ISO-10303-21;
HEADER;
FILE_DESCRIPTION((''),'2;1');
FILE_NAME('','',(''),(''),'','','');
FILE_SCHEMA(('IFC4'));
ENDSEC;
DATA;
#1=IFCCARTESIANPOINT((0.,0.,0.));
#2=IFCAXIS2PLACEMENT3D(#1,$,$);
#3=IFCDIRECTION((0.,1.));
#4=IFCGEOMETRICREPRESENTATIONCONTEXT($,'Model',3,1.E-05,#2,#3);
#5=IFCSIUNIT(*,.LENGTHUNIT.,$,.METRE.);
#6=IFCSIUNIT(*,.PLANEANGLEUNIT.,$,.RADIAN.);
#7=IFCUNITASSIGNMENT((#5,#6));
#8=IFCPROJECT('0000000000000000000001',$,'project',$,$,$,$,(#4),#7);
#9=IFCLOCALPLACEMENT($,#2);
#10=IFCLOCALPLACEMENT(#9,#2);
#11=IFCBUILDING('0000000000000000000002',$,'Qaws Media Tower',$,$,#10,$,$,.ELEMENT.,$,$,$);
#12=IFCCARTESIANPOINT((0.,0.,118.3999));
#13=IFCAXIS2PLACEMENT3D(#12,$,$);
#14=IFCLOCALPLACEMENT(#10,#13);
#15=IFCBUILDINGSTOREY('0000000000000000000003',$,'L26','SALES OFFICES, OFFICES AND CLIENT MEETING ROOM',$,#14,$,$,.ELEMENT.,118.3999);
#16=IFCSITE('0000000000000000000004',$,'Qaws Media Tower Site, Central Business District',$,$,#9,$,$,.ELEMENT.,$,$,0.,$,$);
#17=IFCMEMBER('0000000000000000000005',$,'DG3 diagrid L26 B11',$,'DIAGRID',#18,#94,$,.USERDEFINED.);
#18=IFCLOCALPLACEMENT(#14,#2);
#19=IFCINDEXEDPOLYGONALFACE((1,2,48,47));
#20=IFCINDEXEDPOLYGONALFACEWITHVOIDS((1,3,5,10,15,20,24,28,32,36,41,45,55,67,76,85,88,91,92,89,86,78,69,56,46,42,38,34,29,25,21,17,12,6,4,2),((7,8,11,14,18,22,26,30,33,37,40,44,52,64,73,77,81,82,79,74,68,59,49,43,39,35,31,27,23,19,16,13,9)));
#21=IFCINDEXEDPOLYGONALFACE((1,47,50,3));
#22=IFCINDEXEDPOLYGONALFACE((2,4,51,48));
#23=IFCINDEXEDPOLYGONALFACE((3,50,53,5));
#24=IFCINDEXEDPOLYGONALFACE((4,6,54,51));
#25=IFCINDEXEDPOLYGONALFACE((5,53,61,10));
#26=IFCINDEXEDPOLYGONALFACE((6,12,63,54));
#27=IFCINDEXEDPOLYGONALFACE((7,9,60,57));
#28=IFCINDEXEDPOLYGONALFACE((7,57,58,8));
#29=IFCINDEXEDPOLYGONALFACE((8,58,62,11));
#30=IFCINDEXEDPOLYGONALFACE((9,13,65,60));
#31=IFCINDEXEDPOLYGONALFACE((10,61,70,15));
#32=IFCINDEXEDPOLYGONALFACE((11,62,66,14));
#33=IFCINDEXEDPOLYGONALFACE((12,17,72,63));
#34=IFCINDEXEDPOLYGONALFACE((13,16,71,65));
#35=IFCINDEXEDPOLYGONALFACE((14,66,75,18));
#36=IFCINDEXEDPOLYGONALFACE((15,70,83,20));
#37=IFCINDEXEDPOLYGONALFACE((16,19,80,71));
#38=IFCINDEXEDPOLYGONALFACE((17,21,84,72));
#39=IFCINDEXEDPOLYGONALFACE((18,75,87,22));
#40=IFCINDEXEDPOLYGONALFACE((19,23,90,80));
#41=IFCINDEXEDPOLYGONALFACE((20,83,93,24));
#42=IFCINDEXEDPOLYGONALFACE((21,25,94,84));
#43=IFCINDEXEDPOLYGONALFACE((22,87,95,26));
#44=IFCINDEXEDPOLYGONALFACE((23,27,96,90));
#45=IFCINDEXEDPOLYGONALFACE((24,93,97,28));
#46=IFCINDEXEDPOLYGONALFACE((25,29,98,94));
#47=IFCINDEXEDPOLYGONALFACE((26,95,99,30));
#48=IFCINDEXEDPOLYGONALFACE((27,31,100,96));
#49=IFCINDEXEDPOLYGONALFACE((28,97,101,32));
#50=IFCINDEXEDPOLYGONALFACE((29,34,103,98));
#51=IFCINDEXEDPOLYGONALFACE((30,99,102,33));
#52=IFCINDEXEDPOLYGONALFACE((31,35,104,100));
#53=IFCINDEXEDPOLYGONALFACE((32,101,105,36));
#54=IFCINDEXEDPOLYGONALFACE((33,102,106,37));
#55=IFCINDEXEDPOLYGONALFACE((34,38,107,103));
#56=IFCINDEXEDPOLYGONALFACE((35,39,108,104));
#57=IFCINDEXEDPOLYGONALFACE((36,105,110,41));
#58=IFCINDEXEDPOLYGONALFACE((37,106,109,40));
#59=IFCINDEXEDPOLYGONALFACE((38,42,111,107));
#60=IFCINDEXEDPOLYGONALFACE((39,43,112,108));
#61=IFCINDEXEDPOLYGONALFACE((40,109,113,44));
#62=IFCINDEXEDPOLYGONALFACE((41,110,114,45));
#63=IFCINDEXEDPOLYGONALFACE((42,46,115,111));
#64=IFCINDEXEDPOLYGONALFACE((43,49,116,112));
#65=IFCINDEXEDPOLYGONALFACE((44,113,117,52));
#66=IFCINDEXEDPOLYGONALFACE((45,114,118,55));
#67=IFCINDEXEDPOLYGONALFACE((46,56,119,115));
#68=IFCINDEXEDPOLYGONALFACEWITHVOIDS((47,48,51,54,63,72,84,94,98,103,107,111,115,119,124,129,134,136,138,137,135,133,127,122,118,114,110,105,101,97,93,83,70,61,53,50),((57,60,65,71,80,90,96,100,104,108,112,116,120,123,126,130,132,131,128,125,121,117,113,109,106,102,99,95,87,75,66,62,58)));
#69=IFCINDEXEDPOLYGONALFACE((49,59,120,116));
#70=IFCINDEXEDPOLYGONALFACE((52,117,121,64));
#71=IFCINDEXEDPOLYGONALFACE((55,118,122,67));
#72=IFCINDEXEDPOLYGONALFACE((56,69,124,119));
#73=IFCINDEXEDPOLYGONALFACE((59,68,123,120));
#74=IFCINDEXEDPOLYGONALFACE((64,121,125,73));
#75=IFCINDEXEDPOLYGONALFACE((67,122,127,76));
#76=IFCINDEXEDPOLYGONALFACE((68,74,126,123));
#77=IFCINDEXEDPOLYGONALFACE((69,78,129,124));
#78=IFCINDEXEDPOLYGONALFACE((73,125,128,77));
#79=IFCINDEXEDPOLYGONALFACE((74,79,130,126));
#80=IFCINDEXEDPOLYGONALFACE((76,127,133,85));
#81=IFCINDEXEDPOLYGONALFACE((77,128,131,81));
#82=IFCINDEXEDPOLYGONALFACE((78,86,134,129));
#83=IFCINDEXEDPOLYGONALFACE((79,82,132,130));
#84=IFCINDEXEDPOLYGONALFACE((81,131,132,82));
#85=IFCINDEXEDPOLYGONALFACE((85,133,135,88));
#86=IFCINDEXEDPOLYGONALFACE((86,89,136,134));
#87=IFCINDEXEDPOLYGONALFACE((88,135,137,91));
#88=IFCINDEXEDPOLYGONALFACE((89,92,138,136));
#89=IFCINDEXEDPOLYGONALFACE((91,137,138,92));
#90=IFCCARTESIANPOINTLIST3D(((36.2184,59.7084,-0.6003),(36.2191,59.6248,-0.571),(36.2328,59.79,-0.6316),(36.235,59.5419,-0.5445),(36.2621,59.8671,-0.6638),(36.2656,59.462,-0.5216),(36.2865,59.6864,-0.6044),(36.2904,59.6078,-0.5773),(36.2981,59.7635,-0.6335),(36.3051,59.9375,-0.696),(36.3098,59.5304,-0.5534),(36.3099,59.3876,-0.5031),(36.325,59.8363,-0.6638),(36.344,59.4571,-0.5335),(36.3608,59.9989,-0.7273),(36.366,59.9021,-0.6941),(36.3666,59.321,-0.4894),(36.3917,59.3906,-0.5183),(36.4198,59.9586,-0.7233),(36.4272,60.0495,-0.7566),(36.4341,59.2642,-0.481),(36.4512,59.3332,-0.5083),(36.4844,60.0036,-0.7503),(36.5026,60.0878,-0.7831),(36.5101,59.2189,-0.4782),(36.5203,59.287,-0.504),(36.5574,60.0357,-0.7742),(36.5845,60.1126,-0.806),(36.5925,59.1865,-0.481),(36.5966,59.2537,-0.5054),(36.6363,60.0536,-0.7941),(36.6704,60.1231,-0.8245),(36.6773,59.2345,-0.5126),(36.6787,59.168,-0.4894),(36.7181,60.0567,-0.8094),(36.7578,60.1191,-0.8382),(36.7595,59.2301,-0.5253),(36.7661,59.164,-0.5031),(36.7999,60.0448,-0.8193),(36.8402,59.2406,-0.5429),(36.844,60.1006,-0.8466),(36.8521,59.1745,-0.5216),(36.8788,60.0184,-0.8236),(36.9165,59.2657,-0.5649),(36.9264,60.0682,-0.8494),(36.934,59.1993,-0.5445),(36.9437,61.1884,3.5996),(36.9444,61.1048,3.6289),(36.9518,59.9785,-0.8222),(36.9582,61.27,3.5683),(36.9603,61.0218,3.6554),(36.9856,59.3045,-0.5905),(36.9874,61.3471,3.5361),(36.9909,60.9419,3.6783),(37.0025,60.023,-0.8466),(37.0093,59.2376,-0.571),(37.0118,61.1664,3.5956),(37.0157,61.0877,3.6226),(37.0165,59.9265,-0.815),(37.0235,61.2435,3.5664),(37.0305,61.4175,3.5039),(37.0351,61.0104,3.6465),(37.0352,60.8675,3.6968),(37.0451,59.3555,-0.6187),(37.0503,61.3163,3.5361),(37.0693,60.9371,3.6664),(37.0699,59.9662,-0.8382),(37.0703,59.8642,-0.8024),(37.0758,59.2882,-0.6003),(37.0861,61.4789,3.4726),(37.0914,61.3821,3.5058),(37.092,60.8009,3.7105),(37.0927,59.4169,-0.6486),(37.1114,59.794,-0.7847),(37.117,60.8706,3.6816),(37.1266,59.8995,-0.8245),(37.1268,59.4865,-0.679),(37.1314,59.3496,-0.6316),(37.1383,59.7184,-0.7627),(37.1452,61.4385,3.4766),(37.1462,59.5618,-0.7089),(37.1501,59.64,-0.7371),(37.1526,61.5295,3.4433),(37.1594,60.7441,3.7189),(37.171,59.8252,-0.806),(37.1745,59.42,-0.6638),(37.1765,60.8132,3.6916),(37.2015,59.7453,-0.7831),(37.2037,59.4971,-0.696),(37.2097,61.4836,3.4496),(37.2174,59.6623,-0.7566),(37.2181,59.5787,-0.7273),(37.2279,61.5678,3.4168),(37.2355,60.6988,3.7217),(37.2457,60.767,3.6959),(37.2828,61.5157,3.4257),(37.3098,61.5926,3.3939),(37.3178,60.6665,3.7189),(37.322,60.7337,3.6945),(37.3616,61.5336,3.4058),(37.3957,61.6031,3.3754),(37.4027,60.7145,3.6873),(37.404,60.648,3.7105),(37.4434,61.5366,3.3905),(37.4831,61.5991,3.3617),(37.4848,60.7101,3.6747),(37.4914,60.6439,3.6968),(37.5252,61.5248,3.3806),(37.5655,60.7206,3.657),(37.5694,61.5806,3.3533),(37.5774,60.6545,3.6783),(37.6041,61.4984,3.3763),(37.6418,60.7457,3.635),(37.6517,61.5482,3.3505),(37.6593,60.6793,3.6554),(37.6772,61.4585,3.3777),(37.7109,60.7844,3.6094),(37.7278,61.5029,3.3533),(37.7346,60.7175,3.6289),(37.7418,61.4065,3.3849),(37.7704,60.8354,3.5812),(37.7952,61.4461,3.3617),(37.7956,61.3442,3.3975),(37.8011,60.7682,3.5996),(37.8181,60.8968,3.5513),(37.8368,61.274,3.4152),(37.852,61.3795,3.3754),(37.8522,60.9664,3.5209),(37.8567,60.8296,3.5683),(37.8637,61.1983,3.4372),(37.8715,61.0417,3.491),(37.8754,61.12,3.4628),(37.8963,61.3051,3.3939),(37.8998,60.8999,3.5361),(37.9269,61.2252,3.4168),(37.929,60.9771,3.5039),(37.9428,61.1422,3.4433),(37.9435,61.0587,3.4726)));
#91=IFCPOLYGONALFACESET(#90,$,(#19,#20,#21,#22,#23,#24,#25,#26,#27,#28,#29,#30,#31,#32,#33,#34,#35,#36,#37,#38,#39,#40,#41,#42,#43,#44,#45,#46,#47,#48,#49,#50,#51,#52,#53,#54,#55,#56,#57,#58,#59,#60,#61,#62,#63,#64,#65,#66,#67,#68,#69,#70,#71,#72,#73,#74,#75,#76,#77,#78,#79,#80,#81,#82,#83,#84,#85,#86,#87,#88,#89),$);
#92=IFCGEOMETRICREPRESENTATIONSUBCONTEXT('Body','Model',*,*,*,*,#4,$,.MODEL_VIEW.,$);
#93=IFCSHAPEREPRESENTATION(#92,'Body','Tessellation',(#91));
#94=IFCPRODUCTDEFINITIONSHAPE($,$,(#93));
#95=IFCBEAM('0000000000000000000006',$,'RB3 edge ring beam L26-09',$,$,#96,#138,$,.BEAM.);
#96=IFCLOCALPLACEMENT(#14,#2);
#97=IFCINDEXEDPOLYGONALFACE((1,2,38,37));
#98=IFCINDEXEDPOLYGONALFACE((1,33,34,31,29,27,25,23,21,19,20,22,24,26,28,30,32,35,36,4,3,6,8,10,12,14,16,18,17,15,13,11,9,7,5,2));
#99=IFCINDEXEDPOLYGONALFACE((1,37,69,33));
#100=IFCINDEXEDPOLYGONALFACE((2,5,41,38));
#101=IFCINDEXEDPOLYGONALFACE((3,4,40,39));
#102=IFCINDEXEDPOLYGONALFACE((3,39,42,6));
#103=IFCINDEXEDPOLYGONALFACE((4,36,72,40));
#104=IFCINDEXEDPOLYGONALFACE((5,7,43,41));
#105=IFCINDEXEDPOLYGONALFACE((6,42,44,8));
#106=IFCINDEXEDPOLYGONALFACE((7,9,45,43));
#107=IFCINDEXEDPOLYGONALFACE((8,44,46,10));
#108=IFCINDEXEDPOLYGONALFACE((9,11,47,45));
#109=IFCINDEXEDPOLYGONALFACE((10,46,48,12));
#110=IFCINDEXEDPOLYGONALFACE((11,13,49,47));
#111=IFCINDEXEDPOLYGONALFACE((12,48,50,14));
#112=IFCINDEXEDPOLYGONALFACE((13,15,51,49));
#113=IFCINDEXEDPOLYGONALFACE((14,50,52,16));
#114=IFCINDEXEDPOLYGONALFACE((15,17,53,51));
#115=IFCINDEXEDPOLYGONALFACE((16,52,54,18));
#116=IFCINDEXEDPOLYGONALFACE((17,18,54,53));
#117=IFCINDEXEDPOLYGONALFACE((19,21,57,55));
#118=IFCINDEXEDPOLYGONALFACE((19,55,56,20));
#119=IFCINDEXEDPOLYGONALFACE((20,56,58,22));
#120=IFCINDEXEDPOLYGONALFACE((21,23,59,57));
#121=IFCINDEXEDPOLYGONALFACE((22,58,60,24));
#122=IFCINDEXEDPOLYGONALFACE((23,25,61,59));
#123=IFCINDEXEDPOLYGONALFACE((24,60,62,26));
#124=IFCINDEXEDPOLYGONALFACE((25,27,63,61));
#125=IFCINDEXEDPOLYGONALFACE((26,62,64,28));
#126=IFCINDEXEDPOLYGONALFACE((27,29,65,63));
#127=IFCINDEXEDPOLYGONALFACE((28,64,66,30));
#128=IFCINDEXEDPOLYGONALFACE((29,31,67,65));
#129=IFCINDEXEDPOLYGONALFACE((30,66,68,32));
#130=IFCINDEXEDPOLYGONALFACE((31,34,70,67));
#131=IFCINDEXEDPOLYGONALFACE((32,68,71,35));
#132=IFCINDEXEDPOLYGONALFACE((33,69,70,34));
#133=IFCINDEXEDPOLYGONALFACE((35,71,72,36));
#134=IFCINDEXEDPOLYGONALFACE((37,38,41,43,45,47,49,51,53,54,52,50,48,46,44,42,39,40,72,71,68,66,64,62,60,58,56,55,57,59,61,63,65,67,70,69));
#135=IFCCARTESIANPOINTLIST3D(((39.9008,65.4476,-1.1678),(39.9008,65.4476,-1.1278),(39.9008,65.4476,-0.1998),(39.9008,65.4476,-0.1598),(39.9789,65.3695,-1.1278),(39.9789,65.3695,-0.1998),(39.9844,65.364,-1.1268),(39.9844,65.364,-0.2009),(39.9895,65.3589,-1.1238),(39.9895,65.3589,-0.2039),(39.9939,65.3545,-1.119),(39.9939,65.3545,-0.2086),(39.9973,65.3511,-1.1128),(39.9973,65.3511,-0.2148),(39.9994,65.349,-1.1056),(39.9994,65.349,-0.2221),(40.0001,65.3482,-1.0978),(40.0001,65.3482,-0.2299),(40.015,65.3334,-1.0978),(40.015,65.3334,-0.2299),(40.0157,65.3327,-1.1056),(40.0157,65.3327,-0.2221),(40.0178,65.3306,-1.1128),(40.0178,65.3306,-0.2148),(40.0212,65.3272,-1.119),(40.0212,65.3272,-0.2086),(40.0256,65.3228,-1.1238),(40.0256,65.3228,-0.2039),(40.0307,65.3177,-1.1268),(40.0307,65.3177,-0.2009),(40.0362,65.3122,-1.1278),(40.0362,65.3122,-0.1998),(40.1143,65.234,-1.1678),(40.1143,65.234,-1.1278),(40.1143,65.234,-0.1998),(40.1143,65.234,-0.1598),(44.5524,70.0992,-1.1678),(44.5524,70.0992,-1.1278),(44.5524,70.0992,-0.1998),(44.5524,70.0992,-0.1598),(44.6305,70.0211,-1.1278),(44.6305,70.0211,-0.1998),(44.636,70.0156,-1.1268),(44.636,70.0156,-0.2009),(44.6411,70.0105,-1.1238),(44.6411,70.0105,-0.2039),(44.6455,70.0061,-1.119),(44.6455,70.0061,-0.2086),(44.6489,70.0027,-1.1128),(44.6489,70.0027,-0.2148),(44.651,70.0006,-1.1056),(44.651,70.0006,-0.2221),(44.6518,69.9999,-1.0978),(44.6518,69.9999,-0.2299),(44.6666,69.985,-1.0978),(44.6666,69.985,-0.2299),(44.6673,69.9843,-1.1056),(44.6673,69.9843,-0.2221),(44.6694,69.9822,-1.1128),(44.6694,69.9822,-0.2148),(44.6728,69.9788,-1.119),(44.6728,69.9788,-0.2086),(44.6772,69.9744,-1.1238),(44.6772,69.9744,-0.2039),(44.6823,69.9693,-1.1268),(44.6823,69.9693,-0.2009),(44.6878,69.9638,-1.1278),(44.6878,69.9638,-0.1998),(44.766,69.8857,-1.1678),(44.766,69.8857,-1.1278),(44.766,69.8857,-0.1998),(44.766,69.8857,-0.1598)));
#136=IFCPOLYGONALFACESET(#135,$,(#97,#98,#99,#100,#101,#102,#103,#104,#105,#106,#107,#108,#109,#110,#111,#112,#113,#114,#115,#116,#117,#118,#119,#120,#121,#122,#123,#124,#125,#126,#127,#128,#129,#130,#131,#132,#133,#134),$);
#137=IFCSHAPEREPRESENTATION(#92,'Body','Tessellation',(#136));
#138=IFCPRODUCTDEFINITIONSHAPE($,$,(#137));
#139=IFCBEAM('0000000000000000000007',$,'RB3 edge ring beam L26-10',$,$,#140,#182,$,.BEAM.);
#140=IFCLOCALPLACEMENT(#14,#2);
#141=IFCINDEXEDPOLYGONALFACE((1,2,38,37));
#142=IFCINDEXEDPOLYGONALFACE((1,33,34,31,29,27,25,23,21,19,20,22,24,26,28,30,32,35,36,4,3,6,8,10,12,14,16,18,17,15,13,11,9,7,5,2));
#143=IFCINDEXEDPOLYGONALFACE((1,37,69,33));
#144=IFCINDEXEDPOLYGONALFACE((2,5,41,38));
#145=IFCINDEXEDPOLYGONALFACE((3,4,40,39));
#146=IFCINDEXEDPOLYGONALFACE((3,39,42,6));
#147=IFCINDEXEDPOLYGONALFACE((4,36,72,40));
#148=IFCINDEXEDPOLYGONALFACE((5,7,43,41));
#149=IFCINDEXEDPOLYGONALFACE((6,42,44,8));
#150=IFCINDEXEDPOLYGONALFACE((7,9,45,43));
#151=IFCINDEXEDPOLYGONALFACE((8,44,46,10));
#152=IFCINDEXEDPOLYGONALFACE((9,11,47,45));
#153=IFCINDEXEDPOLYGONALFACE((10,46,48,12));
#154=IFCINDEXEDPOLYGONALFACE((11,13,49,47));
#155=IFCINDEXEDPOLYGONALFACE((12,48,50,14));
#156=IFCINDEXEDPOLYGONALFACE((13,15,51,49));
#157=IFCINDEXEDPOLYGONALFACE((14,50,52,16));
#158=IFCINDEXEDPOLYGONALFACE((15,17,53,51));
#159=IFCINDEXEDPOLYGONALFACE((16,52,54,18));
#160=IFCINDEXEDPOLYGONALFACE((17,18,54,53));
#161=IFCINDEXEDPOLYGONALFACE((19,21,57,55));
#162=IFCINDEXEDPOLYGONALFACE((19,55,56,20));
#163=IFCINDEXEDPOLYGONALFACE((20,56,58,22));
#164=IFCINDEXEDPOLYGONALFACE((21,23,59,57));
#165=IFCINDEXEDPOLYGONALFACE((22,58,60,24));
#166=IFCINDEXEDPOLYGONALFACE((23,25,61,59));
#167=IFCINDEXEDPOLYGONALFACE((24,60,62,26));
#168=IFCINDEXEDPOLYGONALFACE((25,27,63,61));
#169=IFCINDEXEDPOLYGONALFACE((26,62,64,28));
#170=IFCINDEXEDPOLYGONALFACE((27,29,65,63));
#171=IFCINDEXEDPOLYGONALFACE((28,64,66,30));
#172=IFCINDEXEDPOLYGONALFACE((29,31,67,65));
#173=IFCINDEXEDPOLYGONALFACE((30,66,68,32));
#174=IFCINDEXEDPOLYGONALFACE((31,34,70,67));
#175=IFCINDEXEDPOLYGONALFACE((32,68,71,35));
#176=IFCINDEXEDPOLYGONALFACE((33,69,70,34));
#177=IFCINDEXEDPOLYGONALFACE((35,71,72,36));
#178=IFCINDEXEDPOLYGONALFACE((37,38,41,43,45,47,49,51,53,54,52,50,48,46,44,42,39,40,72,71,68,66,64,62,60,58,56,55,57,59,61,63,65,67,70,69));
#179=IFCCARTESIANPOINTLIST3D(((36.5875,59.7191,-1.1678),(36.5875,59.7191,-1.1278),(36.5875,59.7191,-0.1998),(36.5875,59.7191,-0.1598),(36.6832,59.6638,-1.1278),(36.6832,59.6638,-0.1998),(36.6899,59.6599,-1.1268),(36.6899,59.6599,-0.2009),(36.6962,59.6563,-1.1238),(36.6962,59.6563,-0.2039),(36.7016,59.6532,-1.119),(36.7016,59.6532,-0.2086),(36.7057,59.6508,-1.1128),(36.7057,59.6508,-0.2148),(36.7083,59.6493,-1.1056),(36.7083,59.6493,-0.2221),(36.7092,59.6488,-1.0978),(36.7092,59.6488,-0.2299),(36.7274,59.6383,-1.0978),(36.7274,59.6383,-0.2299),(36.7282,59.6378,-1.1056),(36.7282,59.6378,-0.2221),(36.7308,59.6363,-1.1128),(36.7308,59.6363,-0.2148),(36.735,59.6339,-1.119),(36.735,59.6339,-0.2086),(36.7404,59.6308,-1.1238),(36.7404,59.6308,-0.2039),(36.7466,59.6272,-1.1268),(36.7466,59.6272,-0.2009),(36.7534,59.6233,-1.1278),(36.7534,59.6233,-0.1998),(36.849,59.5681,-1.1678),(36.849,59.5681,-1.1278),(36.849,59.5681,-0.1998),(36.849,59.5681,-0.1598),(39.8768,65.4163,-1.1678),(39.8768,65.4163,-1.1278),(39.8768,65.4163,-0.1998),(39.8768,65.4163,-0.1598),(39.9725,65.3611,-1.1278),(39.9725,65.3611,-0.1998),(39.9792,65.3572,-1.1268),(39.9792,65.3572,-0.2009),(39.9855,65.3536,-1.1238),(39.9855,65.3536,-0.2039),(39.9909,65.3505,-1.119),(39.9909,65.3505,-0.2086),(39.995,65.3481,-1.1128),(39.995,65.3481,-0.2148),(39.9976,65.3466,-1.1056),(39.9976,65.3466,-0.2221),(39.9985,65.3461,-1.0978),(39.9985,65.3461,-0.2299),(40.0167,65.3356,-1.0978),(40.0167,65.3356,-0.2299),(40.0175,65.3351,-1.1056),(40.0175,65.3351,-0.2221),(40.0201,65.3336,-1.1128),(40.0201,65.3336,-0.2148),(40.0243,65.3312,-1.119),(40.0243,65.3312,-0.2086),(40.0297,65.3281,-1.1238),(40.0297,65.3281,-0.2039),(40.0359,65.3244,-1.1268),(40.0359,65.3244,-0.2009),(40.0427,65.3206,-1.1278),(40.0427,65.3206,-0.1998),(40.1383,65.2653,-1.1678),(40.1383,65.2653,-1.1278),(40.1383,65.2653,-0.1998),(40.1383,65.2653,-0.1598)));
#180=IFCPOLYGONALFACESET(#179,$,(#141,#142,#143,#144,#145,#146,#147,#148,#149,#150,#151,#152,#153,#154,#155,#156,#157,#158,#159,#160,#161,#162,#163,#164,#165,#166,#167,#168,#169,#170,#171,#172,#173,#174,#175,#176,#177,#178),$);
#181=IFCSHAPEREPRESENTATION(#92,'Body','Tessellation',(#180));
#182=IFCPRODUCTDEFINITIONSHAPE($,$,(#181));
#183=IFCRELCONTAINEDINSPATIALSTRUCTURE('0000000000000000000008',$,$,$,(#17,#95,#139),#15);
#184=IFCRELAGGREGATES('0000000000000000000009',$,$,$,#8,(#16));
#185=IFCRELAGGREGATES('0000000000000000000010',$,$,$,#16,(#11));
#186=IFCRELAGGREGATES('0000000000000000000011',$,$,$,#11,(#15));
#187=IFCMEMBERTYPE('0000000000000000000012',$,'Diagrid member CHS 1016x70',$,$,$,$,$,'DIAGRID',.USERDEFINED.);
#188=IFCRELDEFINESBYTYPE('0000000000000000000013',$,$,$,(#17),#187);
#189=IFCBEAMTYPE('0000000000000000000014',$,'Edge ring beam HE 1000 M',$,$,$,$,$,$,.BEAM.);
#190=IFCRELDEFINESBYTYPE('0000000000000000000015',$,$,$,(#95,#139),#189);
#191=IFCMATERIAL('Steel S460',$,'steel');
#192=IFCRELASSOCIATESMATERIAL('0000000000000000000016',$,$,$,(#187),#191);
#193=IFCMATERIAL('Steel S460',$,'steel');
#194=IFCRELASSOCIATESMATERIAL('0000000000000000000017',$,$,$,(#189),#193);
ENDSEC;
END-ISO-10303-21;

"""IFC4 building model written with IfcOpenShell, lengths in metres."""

from ifc_helpers import new_model, si_unit, direction, frame, origin, origin_2d, place, context, subcontext, project, spatial, hollow_circle, i_section, extrude, material, material_profile, profile_set, type_object, element, save


model = new_model("IFC4")

# Units and contexts
model_context = context("Model", 3, precision=1e-05, world=origin(), true_north=direction((0.0, 1.0)))
body_context = subcontext(model_context, "Body", "Model", "MODEL_VIEW")
ifc_project = project(units=[si_unit("LENGTHUNIT", "METRE"), si_unit("PLANEANGLEUNIT", "RADIAN")], contexts=[model_context])

# Site, building, storey
site_placement = place(None, origin())
site = spatial("IfcSite", under=ifc_project, at=site_placement, Name="Qaws Media Tower Site, Central Business District", CompositionType="ELEMENT", RefElevation=0.0)
building_placement = place(site_placement, origin())
building = spatial("IfcBuilding", under=site, at=building_placement, Name="Qaws Media Tower", CompositionType="ELEMENT")
storey_placement = place(building_placement, frame((0.0, 0.0, 118.3999)))
storey = spatial("IfcBuildingStorey", under=building, at=storey_placement, Name="L26", Description="SALES OFFICES, OFFICES AND CLIENT MEETING ROOM", CompositionType="ELEMENT", Elevation=118.3999)

# Member
ifc_material_1 = material(Name="Steel S460", Category="steel")
ifc_material_profile_1 = material_profile(ifc_material_1, hollow_circle(Radius=0.5081, WallThickness=0.0701, at=origin_2d()), Name="CHS 1016x70")
ifc_profile_set_1 = profile_set([ifc_material_profile_1], Name="Steel S460")
member_type_1 = type_object("IfcMemberType", Name="Diagrid member CHS 1016x70", ElementType="DIAGRID", PredefinedType="USERDEFINED", material=ifc_profile_set_1)
for number, where, z_axis, x_axis, name in (
    (1, (36.7183, 59.6436, -0.6638), (0.160767, 0.328027, 0.930888), (-0.897954, 0.440089, 0.0), "DG3 diagrid L26 B11"),
):
    element("IfcMember", number, at=place(storey_placement, frame(where, z_axis=z_axis, x_axis=x_axis)), inside=storey, type_object=member_type_1, Name=name, ObjectType="DIAGRID", PredefinedType="USERDEFINED", context=body_context, shape_type="SweptSolid", body=[
        extrude(hollow_circle(Radius=0.5081, WallThickness=0.0701, at=origin_2d()), origin(), (0.0, 0.0, 1.0), 4.5117),
    ])

# Beams
ifc_material_2 = material(Name="Steel S460", Category="steel")
ifc_material_profile_2 = material_profile(ifc_material_2, i_section(OverallWidth=0.302, OverallDepth=1.0081, WebThickness=0.021, FlangeThickness=0.04, FilletRadius=0.03, at=origin_2d()), Name="HE 1000 M")
ifc_profile_set_2 = profile_set([ifc_material_profile_2], Name="Steel S460")
beam_type = type_object("IfcBeamType", Name="Edge ring beam HE 1000 M", PredefinedType="BEAM", material=ifc_profile_set_2)
beam_1_placement = place(storey_placement, frame((44.6592, 69.9924, -0.6638), z_axis=(-0.707107, -0.707107, 0.0), x_axis=(0.707107, -0.707107, 0.0)))
element("IfcBeam", 2, at=beam_1_placement, inside=storey, type_object=beam_type, Name="RB3 edge ring beam L26-09", PredefinedType="BEAM", context=body_context, shape_type="SweptSolid", body=[
    extrude(i_section(OverallWidth=0.302, OverallDepth=1.0081, WebThickness=0.021, FlangeThickness=0.04, FilletRadius=0.03, at=origin_2d()), origin(), (0.0, 0.0, 1.0), 6.5784),
])
beam_2_placement = place(storey_placement, frame((40.0076, 65.3408, -0.6638), z_axis=(-0.499999, -0.866026, 0.0), x_axis=(0.866026, -0.499999, 0.0)))
element("IfcBeam", 3, at=beam_2_placement, inside=storey, type_object=beam_type, Name="RB3 edge ring beam L26-10", PredefinedType="BEAM", context=body_context, shape_type="SweptSolid", body=[
    extrude(i_section(OverallWidth=0.302, OverallDepth=1.0081, WebThickness=0.021, FlangeThickness=0.04, FilletRadius=0.03, at=origin_2d()), origin(), (0.0, 0.0, 1.0), 6.5786),
])

save(model, "model.ifc")
